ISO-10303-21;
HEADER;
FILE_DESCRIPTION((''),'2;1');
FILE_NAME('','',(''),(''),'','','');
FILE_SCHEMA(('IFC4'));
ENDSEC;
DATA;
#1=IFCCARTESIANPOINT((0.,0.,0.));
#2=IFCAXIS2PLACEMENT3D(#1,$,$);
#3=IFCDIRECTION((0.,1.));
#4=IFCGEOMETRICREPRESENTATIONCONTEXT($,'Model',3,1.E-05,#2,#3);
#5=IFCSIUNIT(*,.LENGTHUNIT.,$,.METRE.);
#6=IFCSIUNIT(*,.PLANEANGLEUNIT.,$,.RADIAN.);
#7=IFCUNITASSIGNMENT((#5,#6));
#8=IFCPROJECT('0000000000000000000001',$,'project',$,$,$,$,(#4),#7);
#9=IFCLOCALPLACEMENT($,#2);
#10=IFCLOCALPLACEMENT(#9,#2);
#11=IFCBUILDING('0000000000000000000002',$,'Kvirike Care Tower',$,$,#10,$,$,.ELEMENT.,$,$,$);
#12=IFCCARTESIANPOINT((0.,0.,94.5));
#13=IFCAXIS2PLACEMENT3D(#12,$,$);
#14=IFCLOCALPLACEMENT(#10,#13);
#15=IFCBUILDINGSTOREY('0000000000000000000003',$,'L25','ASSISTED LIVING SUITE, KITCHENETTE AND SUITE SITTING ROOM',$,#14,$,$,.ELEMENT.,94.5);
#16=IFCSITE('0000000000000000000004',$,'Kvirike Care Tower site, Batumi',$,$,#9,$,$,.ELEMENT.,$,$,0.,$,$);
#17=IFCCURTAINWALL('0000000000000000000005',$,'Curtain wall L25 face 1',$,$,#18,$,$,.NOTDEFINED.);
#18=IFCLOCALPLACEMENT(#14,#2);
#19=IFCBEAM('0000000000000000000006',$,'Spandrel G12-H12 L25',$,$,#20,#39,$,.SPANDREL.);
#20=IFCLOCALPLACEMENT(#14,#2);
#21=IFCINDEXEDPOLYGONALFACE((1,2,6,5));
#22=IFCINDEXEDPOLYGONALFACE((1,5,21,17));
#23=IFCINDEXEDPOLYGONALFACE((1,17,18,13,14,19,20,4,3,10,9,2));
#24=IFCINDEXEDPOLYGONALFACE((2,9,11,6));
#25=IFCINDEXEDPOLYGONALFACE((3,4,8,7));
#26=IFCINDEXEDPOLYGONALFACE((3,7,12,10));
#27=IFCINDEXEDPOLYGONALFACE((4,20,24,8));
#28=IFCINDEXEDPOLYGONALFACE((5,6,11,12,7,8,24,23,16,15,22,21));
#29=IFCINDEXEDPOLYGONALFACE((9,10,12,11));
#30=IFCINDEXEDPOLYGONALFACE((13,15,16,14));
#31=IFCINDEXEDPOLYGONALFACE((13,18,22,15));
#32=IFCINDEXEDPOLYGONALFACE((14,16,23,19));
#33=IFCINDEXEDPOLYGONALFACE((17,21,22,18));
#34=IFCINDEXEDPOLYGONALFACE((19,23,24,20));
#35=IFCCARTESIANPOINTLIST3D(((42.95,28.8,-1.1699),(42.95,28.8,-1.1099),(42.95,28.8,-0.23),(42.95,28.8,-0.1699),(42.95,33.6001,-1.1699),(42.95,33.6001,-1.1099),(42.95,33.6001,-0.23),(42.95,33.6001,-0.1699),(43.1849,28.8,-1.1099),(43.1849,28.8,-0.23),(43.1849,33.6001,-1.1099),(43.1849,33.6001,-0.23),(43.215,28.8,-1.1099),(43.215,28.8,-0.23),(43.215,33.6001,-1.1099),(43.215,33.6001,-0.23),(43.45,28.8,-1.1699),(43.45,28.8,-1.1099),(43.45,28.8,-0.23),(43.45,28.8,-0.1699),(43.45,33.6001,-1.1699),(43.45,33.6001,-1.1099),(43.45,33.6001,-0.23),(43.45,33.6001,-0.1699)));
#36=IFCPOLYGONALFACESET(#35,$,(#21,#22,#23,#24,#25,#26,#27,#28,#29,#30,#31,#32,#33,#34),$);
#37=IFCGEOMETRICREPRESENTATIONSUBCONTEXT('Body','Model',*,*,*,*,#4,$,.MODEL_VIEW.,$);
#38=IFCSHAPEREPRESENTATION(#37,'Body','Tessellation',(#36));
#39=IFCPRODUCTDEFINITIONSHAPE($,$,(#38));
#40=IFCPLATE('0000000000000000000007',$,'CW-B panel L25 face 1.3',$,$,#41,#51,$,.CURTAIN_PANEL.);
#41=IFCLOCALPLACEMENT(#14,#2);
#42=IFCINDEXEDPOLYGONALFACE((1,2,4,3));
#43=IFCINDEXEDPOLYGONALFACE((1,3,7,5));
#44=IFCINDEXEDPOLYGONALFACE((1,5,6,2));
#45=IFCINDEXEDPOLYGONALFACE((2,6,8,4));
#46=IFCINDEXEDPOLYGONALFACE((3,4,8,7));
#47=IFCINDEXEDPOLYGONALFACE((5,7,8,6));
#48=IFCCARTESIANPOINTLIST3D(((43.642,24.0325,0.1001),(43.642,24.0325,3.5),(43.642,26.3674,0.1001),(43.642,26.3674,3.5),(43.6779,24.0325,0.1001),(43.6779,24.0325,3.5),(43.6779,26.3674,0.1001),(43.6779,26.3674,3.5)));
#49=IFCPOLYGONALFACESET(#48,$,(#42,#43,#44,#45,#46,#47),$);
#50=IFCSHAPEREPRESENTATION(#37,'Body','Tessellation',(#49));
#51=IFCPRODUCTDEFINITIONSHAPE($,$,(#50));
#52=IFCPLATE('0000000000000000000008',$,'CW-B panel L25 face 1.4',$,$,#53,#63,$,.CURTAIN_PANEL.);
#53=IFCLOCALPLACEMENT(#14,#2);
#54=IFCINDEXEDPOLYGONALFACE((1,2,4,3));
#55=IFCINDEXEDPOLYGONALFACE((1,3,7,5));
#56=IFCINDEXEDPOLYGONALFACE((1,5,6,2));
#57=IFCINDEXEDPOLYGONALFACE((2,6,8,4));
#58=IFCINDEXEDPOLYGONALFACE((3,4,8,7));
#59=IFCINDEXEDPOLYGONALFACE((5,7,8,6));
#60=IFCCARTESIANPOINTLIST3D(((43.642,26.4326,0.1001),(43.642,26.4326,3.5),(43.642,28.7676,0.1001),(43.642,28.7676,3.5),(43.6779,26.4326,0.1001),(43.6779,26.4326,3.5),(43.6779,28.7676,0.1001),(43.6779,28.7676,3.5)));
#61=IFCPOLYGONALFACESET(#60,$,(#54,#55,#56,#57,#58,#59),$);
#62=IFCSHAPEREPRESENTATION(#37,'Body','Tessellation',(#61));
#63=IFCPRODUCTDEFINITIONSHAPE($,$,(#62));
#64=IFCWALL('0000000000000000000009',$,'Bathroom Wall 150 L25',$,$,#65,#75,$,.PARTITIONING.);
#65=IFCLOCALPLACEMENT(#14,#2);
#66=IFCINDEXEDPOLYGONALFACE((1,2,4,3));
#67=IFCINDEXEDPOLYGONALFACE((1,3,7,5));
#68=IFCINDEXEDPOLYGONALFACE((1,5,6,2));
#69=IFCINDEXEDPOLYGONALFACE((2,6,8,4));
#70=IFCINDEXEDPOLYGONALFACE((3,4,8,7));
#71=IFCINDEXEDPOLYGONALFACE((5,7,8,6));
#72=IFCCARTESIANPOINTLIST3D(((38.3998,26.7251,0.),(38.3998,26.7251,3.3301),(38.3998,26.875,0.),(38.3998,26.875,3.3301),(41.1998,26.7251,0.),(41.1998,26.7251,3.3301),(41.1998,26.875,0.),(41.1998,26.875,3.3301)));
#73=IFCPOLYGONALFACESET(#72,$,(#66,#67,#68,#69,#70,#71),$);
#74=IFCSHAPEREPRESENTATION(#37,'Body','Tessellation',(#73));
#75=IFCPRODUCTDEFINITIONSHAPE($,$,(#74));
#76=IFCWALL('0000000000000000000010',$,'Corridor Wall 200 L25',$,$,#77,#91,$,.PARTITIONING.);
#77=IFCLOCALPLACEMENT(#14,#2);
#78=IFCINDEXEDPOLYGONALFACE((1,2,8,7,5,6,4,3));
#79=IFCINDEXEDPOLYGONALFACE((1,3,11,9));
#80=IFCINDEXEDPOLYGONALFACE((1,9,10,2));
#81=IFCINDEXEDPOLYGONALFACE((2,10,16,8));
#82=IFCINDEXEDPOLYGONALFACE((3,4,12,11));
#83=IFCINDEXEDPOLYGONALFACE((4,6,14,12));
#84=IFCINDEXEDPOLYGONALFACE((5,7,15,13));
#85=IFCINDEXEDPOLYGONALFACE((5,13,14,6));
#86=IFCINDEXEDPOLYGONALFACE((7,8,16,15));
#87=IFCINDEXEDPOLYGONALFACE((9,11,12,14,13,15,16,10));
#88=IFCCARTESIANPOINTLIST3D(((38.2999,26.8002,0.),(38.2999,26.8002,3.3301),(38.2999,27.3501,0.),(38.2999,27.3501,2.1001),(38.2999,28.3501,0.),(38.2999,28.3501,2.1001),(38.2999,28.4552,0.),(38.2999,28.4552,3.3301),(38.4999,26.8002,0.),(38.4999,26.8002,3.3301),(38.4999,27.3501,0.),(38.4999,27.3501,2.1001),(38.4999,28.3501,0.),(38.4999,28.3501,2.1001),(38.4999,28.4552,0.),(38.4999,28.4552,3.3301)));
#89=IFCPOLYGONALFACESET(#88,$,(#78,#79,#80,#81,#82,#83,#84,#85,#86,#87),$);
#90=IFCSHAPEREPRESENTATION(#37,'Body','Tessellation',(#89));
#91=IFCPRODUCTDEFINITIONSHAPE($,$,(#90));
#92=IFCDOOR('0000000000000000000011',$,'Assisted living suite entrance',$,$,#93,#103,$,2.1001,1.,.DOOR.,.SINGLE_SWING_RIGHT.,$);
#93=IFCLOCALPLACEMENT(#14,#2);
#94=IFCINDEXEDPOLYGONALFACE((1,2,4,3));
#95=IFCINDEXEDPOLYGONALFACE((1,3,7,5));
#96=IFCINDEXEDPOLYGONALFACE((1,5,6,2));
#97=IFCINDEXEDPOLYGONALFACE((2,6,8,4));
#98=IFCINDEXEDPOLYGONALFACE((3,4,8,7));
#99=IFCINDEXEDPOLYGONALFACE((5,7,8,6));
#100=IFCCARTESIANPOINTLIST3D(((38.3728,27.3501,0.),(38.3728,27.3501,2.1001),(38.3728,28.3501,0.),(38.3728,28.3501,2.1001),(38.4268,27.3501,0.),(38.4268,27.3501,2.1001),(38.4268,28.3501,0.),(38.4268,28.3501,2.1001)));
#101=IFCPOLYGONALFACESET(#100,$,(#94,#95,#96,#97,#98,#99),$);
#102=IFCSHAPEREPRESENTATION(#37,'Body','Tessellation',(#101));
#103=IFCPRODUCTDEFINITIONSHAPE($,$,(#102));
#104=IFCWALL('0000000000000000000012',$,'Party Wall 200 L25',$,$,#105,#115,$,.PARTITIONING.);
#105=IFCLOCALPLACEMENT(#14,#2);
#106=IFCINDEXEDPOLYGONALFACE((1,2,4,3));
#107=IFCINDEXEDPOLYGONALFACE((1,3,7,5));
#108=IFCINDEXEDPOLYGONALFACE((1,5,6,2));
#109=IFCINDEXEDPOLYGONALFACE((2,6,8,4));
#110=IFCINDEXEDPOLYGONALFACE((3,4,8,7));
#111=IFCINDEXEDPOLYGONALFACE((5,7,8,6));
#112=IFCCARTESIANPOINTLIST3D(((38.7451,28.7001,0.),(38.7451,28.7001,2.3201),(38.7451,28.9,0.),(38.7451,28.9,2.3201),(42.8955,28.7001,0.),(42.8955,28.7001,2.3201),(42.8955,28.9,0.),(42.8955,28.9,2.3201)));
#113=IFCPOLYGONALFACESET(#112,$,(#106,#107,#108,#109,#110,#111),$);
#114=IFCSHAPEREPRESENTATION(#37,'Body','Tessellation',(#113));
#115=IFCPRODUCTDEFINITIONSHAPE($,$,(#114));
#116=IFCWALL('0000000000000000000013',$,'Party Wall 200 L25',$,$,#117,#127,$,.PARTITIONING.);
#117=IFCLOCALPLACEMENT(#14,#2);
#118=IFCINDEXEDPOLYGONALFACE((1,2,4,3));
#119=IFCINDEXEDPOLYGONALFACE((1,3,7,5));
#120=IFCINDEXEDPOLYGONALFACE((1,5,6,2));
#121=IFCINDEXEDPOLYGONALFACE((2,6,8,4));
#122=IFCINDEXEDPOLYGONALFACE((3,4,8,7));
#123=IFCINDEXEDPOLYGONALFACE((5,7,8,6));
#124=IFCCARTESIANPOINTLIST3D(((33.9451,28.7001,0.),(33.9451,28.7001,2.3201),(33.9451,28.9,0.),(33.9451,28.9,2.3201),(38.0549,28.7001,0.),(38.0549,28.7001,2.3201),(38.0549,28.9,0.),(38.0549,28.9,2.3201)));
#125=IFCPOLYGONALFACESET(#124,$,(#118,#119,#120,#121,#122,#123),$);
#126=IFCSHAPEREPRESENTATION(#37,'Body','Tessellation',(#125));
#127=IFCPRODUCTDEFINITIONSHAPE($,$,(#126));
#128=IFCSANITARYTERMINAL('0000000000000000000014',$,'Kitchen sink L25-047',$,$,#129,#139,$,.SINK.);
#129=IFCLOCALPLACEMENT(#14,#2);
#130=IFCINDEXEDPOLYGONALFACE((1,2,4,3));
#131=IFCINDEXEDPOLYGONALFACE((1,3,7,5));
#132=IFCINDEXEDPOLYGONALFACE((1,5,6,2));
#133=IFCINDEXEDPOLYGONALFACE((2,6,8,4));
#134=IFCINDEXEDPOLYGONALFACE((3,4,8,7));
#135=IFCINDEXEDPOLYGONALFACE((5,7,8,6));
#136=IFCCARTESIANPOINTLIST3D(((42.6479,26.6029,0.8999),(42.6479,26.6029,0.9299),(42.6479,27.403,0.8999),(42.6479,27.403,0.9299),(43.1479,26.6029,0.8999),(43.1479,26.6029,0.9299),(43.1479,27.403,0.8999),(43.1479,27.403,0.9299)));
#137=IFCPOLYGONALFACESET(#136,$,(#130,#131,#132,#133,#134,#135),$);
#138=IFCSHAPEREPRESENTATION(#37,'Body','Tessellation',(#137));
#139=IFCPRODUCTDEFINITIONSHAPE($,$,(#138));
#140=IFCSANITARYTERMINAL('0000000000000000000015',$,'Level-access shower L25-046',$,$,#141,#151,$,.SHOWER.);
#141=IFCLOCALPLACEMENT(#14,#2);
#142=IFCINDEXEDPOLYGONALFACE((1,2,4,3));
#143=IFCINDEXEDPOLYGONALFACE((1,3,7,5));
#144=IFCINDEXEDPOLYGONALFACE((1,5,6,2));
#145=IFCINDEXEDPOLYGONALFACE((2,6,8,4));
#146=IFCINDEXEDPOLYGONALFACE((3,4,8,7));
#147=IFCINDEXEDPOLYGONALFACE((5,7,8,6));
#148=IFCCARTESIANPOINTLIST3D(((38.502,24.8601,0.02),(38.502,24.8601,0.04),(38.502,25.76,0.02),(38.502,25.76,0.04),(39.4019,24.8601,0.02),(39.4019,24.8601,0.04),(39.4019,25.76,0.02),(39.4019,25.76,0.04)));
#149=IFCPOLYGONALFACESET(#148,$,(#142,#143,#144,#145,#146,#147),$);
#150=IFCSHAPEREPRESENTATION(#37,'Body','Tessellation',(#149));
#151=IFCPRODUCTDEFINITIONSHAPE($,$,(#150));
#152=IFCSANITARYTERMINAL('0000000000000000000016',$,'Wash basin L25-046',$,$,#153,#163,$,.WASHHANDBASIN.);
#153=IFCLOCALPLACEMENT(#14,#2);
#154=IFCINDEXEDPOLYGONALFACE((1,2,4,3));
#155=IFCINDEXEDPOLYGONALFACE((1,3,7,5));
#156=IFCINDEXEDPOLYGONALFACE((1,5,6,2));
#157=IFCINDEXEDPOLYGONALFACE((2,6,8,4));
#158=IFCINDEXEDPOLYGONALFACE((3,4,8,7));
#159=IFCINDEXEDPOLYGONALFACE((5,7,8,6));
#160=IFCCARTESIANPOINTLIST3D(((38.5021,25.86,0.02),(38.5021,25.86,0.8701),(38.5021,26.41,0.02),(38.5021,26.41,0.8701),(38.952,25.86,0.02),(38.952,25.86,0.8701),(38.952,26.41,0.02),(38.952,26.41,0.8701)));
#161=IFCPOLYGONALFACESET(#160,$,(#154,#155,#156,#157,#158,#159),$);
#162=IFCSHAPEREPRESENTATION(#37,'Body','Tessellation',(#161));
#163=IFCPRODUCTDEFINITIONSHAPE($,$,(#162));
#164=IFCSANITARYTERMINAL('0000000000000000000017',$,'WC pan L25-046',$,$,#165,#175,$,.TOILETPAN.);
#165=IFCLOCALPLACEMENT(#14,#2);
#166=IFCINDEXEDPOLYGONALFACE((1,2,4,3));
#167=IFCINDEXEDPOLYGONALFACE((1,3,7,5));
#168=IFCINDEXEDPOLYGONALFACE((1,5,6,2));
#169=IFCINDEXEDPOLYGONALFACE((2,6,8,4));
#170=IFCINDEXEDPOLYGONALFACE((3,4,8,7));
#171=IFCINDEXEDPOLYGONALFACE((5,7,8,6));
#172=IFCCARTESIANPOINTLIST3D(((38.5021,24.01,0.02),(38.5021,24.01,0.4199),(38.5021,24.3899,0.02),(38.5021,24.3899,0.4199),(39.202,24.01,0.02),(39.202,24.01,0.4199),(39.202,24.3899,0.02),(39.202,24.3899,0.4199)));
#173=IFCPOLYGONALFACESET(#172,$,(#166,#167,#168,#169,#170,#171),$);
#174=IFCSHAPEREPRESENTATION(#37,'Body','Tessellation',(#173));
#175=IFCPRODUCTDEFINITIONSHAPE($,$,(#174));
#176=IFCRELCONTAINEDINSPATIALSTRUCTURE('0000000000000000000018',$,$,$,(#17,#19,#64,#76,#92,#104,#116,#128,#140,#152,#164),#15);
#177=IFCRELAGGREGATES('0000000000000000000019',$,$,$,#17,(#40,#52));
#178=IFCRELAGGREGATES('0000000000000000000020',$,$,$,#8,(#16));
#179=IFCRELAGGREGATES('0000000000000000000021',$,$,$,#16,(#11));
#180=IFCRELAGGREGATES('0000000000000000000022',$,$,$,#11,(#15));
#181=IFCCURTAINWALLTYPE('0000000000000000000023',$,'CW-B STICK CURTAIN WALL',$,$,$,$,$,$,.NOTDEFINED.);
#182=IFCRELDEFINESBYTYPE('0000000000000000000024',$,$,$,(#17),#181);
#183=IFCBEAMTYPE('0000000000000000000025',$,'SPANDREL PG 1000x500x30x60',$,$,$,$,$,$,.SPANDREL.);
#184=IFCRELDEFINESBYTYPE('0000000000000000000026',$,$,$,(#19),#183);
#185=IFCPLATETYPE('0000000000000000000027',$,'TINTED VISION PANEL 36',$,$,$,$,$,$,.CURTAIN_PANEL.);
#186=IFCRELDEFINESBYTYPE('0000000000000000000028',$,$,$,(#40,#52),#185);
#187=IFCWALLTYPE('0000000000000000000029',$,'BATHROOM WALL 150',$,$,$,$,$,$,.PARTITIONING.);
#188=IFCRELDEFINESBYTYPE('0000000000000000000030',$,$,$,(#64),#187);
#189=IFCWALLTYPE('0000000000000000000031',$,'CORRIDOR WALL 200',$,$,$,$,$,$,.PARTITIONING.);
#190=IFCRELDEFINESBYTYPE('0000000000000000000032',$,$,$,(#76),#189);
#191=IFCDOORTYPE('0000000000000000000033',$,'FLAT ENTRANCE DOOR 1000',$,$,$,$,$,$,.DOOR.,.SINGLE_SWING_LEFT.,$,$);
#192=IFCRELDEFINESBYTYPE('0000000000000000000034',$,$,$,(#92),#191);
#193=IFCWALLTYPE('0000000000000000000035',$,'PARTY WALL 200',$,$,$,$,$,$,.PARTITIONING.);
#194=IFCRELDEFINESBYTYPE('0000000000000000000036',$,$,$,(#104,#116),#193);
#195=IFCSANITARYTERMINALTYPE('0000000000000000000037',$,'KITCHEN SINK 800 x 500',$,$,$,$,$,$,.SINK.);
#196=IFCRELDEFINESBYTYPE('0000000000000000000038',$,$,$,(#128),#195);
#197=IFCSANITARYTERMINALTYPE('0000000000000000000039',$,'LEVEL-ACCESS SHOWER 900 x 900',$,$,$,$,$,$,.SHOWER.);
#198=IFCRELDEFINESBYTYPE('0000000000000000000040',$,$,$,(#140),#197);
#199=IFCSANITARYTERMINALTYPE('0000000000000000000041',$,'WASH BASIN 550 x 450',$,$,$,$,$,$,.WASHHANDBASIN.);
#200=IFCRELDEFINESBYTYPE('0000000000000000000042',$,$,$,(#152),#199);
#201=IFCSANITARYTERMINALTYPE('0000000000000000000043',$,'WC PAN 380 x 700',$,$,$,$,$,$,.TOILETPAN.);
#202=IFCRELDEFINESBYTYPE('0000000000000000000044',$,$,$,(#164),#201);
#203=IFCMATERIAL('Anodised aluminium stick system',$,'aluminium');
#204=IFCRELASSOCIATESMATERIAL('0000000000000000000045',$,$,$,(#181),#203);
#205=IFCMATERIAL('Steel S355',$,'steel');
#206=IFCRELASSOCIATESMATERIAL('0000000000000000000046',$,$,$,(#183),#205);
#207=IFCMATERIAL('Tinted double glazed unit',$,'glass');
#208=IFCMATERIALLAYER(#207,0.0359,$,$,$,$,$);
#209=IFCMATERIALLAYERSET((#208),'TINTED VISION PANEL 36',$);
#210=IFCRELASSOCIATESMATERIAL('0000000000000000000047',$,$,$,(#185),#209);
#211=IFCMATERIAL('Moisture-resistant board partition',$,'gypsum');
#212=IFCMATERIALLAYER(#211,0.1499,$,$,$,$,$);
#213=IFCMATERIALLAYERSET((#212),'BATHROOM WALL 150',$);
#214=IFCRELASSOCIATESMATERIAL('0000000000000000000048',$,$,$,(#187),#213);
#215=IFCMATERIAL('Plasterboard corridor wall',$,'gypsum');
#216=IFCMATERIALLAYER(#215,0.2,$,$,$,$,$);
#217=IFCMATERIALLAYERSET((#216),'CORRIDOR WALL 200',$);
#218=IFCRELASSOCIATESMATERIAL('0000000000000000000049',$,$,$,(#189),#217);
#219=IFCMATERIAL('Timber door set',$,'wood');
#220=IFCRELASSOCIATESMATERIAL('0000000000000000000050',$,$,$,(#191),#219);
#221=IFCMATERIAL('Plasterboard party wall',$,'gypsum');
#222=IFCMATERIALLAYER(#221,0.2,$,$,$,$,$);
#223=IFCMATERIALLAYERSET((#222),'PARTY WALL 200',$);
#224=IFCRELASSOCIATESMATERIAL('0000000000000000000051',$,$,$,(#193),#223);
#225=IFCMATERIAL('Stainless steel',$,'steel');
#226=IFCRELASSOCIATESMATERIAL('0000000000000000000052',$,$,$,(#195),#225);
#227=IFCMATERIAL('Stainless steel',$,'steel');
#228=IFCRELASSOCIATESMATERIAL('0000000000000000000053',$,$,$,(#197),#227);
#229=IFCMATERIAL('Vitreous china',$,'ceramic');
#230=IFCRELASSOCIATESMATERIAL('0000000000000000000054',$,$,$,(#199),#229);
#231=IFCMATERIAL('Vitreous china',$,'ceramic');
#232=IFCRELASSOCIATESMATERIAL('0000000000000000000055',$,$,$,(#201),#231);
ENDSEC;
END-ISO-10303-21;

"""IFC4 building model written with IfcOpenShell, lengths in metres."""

from ifc_helpers import new_model, si_unit, direction, frame, frame_2d, origin, origin_2d, place, context, subcontext, project, spatial, rectangle, i_section, extrude, material, layer, layer_set, material_profile, profile_set, type_object, element, fill, aggregate, save


model = new_model("IFC4")

# Units and contexts
model_context = context("Model", 3, precision=1e-05, world=origin(), true_north=direction((0.0, 1.0)))
body_context = subcontext(model_context, "Body", "Model", "MODEL_VIEW")
ifc_project = project(units=[si_unit("LENGTHUNIT", "METRE"), si_unit("PLANEANGLEUNIT", "RADIAN")], contexts=[model_context])

# Site, building, storey
site_placement = place(None, origin())
site = spatial("IfcSite", under=ifc_project, at=site_placement, Name="Kvirike Care Tower site, Batumi", CompositionType="ELEMENT", RefElevation=0.0)
building_placement = place(site_placement, origin())
building = spatial("IfcBuilding", under=site, at=building_placement, Name="Kvirike Care Tower", CompositionType="ELEMENT")
storey_placement = place(building_placement, frame((0.0, 0.0, 94.5)))
storey = spatial("IfcBuildingStorey", under=building, at=storey_placement, Name="L25", Description="ASSISTED LIVING SUITE, KITCHENETTE AND SUITE SITTING ROOM", CompositionType="ELEMENT", Elevation=94.5)

# Curtain wall
ifc_material_1 = material(Name="Anodised aluminium stick system", Category="aluminium")
curtain_wall_type = type_object("IfcCurtainWallType", Name="CW-B STICK CURTAIN WALL", PredefinedType="NOTDEFINED", material=ifc_material_1)
curtain_wall_placement = place(storey_placement, origin())
curtain_wall = element("IfcCurtainWall", 1, at=curtain_wall_placement, inside=storey, type_object=curtain_wall_type, Name="Curtain wall L25 face 1", PredefinedType="NOTDEFINED")

# Beam
ifc_material_2 = material(Name="Steel S355", Category="steel")
ifc_material_profile_1 = material_profile(ifc_material_2, i_section(OverallWidth=0.5, OverallDepth=1.0, WebThickness=0.03, FlangeThickness=0.0601, at=origin_2d()), Name="PG 1000x500x30x60")
ifc_profile_set_1 = profile_set([ifc_material_profile_1], Name="Steel S355")
beam_type_1 = type_object("IfcBeamType", Name="SPANDREL PG 1000x500x30x60", PredefinedType="SPANDREL", material=ifc_profile_set_1)
beam_1_placement = place(storey_placement, frame((43.2, 28.8, -0.6699), z_axis=(0.0, 1.0, 0.0), x_axis=(-1.0, 0.0, 0.0)))
element("IfcBeam", 2, at=beam_1_placement, inside=storey, type_object=beam_type_1, Name="Spandrel G12-H12 L25", PredefinedType="SPANDREL", context=body_context, shape_type="SweptSolid", body=[
    extrude(i_section(OverallWidth=0.5, OverallDepth=1.0, WebThickness=0.03, FlangeThickness=0.0601, at=origin_2d()), origin(), (0.0, 0.0, 1.0), 4.8),
])

# Plates
ifc_material_3 = material(Name="Tinted double glazed unit", Category="glass")
ifc_layer_1 = layer(ifc_material_3, 0.0359)
ifc_layer_set_1 = layer_set([ifc_layer_1], Name="TINTED VISION PANEL 36")
plate_type = type_object("IfcPlateType", Name="TINTED VISION PANEL 36", PredefinedType="CURTAIN_PANEL", material=ifc_layer_set_1)
plate_1_placement = place(storey_placement, frame((43.6599, 25.2, 0.1001), z_axis=(0.0, 0.0, 1.0), x_axis=(0.0, 1.0, 0.0)))
plate_1 = element("IfcPlate", 3, at=plate_1_placement, type_object=plate_type, Name="CW-B panel L25 face 1.3", PredefinedType="CURTAIN_PANEL", context=body_context, shape_type="SweptSolid", body=[
    extrude(rectangle(XDim=2.335, YDim=0.0359, at=origin_2d()), origin(), (0.0, 0.0, 1.0), 3.3999),
])
plate_2_placement = place(storey_placement, frame((43.6599, 27.6001, 0.1001), z_axis=(0.0, 0.0, 1.0), x_axis=(0.0, 1.0, 0.0)))
plate_2 = element("IfcPlate", 4, at=plate_2_placement, type_object=plate_type, Name="CW-B panel L25 face 1.4", PredefinedType="CURTAIN_PANEL", context=body_context, shape_type="SweptSolid", body=[
    extrude(rectangle(XDim=2.335, YDim=0.0359, at=origin_2d()), origin(), (0.0, 0.0, 1.0), 3.3999),
])
aggregate(curtain_wall, [plate_1, plate_2])

# Wall
ifc_material_4 = material(Name="Moisture-resistant board partition", Category="gypsum")
ifc_layer_2 = layer(ifc_material_4, 0.1499)
ifc_layer_set_2 = layer_set([ifc_layer_2], Name="BATHROOM WALL 150")
wall_type_1 = type_object("IfcWallType", Name="BATHROOM WALL 150", PredefinedType="PARTITIONING", material=ifc_layer_set_2)
wall_1_placement = place(storey_placement, frame((38.3999, 26.8, 0.0), z_axis=(0.0, 0.0, 1.0), x_axis=(1.0, 0.0, 0.0)))
element("IfcWall", 5, at=wall_1_placement, inside=storey, type_object=wall_type_1, Name="Bathroom Wall 150 L25", PredefinedType="PARTITIONING", context=body_context, shape_type="SweptSolid", body=[
    extrude(rectangle(XDim=2.8, YDim=0.1499, at=frame_2d((1.3999, 0.0))), origin(), (0.0, 0.0, 1.0), 3.3301),
])

# Wall, opening, door
ifc_material_5 = material(Name="Plasterboard corridor wall", Category="gypsum")
ifc_layer_3 = layer(ifc_material_5, 0.2)
ifc_layer_set_3 = layer_set([ifc_layer_3], Name="CORRIDOR WALL 200")
wall_type_2 = type_object("IfcWallType", Name="CORRIDOR WALL 200", PredefinedType="PARTITIONING", material=ifc_layer_set_3)
wall_2_placement = place(storey_placement, frame((38.3999, 26.8, 0.0), z_axis=(0.0, 0.0, 1.0), x_axis=(0.0, 1.0, 0.0)))
wall_2 = element("IfcWall", 6, at=wall_2_placement, inside=storey, type_object=wall_type_2, Name="Corridor Wall 200 L25", PredefinedType="PARTITIONING", context=body_context, shape_type="SweptSolid", body=[
    extrude(rectangle(XDim=1.655, YDim=0.2, at=frame_2d((0.8276, 0.0))), origin(), (0.0, 0.0, 1.0), 3.3301),
])
opening_placement = place(wall_2_placement, frame((0.55, 0.0, 0.0)))
opening = element("IfcOpeningElement", 7, at=opening_placement, cuts=wall_2, PredefinedType="OPENING", context=body_context, shape_type="SweptSolid", body=[
    extrude(rectangle(XDim=1.0, YDim=2.1001, at=frame_2d((0.5, 1.05))), frame((0.0, 0.1106, 0.0), z_axis=(0.0, -1.0, 0.0), x_axis=(1.0, 0.0, 0.0)), (0.0, 0.0, 1.0), 0.2209),
])
ifc_material_6 = material(Name="Timber door set", Category="wood")
door_type = type_object("IfcDoorType", Name="FLAT ENTRANCE DOOR 1000", OperationType="SINGLE_SWING_LEFT", PredefinedType="DOOR", material=ifc_material_6)
door_placement = place(opening_placement, frame((1.0, 0.0, 0.0), z_axis=(0.0, 0.0, 1.0), x_axis=(-1.0, 0.0, 0.0)))
door = element("IfcDoor", 8, at=door_placement, inside=storey, type_object=door_type, Name="Assisted living suite entrance", OperationType="SINGLE_SWING_RIGHT", OverallHeight=2.1001, OverallWidth=1.0, PredefinedType="DOOR", context=body_context, shape_type="SweptSolid", body=[
    extrude(rectangle(XDim=1.0, YDim=2.1001, at=frame_2d((0.5, 1.05))), frame((0.0, 0.0269, 0.0), z_axis=(0.0, -1.0, 0.0), x_axis=(1.0, 0.0, 0.0)), (0.0, 0.0, 1.0), 0.054),
])
fill(opening, door)

# Walls
ifc_material_7 = material(Name="Plasterboard party wall", Category="gypsum")
ifc_layer_4 = layer(ifc_material_7, 0.2)
ifc_layer_set_4 = layer_set([ifc_layer_4], Name="PARTY WALL 200")
wall_type_3 = type_object("IfcWallType", Name="PARTY WALL 200", PredefinedType="PARTITIONING", material=ifc_layer_set_4)
wall_3_placement = place(storey_placement, frame((42.8955, 28.8, 0.0), z_axis=(0.0, 0.0, 1.0), x_axis=(-1.0, 0.0, 0.0)))
element("IfcWall", 9, at=wall_3_placement, inside=storey, type_object=wall_type_3, Name="Party Wall 200 L25", PredefinedType="PARTITIONING", context=body_context, shape_type="SweptSolid", body=[
    extrude(rectangle(XDim=4.1504, YDim=0.2, at=frame_2d((2.0752, 0.0))), origin(), (0.0, 0.0, 1.0), 2.3201),
])
wall_4_placement = place(storey_placement, frame((38.0549, 28.8, 0.0), z_axis=(0.0, 0.0, 1.0), x_axis=(-1.0, 0.0, 0.0)))
element("IfcWall", 10, at=wall_4_placement, inside=storey, type_object=wall_type_3, Name="Party Wall 200 L25", PredefinedType="PARTITIONING", context=body_context, shape_type="SweptSolid", body=[
    extrude(rectangle(XDim=4.1099, YDim=0.2, at=frame_2d((2.0549, 0.0))), origin(), (0.0, 0.0, 1.0), 2.3201),
])

# Sanitary terminals
ifc_material_8 = material(Name="Stainless steel", Category="steel")
sanitary_terminal_type_1 = type_object("IfcSanitaryTerminalType", Name="KITCHEN SINK 800 x 500", PredefinedType="SINK", material=ifc_material_8)
sanitary_terminal_1_placement = place(storey_placement, frame((42.8979, 27.0029, 0.8999), z_axis=(0.0, 0.0, 1.0), x_axis=(0.0, -1.0, 0.0)))
element("IfcSanitaryTerminal", 11, at=sanitary_terminal_1_placement, inside=storey, type_object=sanitary_terminal_type_1, Name="Kitchen sink L25-047", PredefinedType="SINK", context=body_context, shape_type="SweptSolid", body=[
    extrude(rectangle(XDim=0.8, YDim=0.5, at=origin_2d()), origin(), (0.0, 0.0, 1.0), 0.03),
])
ifc_material_9 = material(Name="Stainless steel", Category="steel")
sanitary_terminal_type_2 = type_object("IfcSanitaryTerminalType", Name="LEVEL-ACCESS SHOWER 900 x 900", PredefinedType="SHOWER", material=ifc_material_9)
sanitary_terminal_2_placement = place(storey_placement, frame((38.9519, 25.3101, 0.02), z_axis=(0.0, 0.0, 1.0), x_axis=(0.0, 1.0, 0.0)))
element("IfcSanitaryTerminal", 12, at=sanitary_terminal_2_placement, inside=storey, type_object=sanitary_terminal_type_2, Name="Level-access shower L25-046", PredefinedType="SHOWER", context=body_context, shape_type="SweptSolid", body=[
    extrude(rectangle(XDim=0.8999, YDim=0.8999, at=origin_2d()), origin(), (0.0, 0.0, 1.0), 0.02),
])
ifc_material_10 = material(Name="Vitreous china", Category="ceramic")
sanitary_terminal_type_3 = type_object("IfcSanitaryTerminalType", Name="WASH BASIN 550 x 450", PredefinedType="WASHHANDBASIN", material=ifc_material_10)
sanitary_terminal_3_placement = place(storey_placement, frame((38.7271, 26.135, 0.02), z_axis=(0.0, 0.0, 1.0), x_axis=(0.0, 1.0, 0.0)))
element("IfcSanitaryTerminal", 13, at=sanitary_terminal_3_placement, inside=storey, type_object=sanitary_terminal_type_3, Name="Wash basin L25-046", PredefinedType="WASHHANDBASIN", context=body_context, shape_type="SweptSolid", body=[
    extrude(rectangle(XDim=0.55, YDim=0.45, at=origin_2d()), origin(), (0.0, 0.0, 1.0), 0.8501),
])
ifc_material_11 = material(Name="Vitreous china", Category="ceramic")
sanitary_terminal_type_4 = type_object("IfcSanitaryTerminalType", Name="WC PAN 380 x 700", PredefinedType="TOILETPAN", material=ifc_material_11)
sanitary_terminal_4_placement = place(storey_placement, frame((38.8521, 24.2, 0.02), z_axis=(0.0, 0.0, 1.0), x_axis=(0.0, 1.0, 0.0)))
element("IfcSanitaryTerminal", 14, at=sanitary_terminal_4_placement, inside=storey, type_object=sanitary_terminal_type_4, Name="WC pan L25-046", PredefinedType="TOILETPAN", context=body_context, shape_type="SweptSolid", body=[
    extrude(rectangle(XDim=0.3799, YDim=0.7, at=origin_2d()), origin(), (0.0, 0.0, 1.0), 0.3999),
])

save(model, "model.ifc")
